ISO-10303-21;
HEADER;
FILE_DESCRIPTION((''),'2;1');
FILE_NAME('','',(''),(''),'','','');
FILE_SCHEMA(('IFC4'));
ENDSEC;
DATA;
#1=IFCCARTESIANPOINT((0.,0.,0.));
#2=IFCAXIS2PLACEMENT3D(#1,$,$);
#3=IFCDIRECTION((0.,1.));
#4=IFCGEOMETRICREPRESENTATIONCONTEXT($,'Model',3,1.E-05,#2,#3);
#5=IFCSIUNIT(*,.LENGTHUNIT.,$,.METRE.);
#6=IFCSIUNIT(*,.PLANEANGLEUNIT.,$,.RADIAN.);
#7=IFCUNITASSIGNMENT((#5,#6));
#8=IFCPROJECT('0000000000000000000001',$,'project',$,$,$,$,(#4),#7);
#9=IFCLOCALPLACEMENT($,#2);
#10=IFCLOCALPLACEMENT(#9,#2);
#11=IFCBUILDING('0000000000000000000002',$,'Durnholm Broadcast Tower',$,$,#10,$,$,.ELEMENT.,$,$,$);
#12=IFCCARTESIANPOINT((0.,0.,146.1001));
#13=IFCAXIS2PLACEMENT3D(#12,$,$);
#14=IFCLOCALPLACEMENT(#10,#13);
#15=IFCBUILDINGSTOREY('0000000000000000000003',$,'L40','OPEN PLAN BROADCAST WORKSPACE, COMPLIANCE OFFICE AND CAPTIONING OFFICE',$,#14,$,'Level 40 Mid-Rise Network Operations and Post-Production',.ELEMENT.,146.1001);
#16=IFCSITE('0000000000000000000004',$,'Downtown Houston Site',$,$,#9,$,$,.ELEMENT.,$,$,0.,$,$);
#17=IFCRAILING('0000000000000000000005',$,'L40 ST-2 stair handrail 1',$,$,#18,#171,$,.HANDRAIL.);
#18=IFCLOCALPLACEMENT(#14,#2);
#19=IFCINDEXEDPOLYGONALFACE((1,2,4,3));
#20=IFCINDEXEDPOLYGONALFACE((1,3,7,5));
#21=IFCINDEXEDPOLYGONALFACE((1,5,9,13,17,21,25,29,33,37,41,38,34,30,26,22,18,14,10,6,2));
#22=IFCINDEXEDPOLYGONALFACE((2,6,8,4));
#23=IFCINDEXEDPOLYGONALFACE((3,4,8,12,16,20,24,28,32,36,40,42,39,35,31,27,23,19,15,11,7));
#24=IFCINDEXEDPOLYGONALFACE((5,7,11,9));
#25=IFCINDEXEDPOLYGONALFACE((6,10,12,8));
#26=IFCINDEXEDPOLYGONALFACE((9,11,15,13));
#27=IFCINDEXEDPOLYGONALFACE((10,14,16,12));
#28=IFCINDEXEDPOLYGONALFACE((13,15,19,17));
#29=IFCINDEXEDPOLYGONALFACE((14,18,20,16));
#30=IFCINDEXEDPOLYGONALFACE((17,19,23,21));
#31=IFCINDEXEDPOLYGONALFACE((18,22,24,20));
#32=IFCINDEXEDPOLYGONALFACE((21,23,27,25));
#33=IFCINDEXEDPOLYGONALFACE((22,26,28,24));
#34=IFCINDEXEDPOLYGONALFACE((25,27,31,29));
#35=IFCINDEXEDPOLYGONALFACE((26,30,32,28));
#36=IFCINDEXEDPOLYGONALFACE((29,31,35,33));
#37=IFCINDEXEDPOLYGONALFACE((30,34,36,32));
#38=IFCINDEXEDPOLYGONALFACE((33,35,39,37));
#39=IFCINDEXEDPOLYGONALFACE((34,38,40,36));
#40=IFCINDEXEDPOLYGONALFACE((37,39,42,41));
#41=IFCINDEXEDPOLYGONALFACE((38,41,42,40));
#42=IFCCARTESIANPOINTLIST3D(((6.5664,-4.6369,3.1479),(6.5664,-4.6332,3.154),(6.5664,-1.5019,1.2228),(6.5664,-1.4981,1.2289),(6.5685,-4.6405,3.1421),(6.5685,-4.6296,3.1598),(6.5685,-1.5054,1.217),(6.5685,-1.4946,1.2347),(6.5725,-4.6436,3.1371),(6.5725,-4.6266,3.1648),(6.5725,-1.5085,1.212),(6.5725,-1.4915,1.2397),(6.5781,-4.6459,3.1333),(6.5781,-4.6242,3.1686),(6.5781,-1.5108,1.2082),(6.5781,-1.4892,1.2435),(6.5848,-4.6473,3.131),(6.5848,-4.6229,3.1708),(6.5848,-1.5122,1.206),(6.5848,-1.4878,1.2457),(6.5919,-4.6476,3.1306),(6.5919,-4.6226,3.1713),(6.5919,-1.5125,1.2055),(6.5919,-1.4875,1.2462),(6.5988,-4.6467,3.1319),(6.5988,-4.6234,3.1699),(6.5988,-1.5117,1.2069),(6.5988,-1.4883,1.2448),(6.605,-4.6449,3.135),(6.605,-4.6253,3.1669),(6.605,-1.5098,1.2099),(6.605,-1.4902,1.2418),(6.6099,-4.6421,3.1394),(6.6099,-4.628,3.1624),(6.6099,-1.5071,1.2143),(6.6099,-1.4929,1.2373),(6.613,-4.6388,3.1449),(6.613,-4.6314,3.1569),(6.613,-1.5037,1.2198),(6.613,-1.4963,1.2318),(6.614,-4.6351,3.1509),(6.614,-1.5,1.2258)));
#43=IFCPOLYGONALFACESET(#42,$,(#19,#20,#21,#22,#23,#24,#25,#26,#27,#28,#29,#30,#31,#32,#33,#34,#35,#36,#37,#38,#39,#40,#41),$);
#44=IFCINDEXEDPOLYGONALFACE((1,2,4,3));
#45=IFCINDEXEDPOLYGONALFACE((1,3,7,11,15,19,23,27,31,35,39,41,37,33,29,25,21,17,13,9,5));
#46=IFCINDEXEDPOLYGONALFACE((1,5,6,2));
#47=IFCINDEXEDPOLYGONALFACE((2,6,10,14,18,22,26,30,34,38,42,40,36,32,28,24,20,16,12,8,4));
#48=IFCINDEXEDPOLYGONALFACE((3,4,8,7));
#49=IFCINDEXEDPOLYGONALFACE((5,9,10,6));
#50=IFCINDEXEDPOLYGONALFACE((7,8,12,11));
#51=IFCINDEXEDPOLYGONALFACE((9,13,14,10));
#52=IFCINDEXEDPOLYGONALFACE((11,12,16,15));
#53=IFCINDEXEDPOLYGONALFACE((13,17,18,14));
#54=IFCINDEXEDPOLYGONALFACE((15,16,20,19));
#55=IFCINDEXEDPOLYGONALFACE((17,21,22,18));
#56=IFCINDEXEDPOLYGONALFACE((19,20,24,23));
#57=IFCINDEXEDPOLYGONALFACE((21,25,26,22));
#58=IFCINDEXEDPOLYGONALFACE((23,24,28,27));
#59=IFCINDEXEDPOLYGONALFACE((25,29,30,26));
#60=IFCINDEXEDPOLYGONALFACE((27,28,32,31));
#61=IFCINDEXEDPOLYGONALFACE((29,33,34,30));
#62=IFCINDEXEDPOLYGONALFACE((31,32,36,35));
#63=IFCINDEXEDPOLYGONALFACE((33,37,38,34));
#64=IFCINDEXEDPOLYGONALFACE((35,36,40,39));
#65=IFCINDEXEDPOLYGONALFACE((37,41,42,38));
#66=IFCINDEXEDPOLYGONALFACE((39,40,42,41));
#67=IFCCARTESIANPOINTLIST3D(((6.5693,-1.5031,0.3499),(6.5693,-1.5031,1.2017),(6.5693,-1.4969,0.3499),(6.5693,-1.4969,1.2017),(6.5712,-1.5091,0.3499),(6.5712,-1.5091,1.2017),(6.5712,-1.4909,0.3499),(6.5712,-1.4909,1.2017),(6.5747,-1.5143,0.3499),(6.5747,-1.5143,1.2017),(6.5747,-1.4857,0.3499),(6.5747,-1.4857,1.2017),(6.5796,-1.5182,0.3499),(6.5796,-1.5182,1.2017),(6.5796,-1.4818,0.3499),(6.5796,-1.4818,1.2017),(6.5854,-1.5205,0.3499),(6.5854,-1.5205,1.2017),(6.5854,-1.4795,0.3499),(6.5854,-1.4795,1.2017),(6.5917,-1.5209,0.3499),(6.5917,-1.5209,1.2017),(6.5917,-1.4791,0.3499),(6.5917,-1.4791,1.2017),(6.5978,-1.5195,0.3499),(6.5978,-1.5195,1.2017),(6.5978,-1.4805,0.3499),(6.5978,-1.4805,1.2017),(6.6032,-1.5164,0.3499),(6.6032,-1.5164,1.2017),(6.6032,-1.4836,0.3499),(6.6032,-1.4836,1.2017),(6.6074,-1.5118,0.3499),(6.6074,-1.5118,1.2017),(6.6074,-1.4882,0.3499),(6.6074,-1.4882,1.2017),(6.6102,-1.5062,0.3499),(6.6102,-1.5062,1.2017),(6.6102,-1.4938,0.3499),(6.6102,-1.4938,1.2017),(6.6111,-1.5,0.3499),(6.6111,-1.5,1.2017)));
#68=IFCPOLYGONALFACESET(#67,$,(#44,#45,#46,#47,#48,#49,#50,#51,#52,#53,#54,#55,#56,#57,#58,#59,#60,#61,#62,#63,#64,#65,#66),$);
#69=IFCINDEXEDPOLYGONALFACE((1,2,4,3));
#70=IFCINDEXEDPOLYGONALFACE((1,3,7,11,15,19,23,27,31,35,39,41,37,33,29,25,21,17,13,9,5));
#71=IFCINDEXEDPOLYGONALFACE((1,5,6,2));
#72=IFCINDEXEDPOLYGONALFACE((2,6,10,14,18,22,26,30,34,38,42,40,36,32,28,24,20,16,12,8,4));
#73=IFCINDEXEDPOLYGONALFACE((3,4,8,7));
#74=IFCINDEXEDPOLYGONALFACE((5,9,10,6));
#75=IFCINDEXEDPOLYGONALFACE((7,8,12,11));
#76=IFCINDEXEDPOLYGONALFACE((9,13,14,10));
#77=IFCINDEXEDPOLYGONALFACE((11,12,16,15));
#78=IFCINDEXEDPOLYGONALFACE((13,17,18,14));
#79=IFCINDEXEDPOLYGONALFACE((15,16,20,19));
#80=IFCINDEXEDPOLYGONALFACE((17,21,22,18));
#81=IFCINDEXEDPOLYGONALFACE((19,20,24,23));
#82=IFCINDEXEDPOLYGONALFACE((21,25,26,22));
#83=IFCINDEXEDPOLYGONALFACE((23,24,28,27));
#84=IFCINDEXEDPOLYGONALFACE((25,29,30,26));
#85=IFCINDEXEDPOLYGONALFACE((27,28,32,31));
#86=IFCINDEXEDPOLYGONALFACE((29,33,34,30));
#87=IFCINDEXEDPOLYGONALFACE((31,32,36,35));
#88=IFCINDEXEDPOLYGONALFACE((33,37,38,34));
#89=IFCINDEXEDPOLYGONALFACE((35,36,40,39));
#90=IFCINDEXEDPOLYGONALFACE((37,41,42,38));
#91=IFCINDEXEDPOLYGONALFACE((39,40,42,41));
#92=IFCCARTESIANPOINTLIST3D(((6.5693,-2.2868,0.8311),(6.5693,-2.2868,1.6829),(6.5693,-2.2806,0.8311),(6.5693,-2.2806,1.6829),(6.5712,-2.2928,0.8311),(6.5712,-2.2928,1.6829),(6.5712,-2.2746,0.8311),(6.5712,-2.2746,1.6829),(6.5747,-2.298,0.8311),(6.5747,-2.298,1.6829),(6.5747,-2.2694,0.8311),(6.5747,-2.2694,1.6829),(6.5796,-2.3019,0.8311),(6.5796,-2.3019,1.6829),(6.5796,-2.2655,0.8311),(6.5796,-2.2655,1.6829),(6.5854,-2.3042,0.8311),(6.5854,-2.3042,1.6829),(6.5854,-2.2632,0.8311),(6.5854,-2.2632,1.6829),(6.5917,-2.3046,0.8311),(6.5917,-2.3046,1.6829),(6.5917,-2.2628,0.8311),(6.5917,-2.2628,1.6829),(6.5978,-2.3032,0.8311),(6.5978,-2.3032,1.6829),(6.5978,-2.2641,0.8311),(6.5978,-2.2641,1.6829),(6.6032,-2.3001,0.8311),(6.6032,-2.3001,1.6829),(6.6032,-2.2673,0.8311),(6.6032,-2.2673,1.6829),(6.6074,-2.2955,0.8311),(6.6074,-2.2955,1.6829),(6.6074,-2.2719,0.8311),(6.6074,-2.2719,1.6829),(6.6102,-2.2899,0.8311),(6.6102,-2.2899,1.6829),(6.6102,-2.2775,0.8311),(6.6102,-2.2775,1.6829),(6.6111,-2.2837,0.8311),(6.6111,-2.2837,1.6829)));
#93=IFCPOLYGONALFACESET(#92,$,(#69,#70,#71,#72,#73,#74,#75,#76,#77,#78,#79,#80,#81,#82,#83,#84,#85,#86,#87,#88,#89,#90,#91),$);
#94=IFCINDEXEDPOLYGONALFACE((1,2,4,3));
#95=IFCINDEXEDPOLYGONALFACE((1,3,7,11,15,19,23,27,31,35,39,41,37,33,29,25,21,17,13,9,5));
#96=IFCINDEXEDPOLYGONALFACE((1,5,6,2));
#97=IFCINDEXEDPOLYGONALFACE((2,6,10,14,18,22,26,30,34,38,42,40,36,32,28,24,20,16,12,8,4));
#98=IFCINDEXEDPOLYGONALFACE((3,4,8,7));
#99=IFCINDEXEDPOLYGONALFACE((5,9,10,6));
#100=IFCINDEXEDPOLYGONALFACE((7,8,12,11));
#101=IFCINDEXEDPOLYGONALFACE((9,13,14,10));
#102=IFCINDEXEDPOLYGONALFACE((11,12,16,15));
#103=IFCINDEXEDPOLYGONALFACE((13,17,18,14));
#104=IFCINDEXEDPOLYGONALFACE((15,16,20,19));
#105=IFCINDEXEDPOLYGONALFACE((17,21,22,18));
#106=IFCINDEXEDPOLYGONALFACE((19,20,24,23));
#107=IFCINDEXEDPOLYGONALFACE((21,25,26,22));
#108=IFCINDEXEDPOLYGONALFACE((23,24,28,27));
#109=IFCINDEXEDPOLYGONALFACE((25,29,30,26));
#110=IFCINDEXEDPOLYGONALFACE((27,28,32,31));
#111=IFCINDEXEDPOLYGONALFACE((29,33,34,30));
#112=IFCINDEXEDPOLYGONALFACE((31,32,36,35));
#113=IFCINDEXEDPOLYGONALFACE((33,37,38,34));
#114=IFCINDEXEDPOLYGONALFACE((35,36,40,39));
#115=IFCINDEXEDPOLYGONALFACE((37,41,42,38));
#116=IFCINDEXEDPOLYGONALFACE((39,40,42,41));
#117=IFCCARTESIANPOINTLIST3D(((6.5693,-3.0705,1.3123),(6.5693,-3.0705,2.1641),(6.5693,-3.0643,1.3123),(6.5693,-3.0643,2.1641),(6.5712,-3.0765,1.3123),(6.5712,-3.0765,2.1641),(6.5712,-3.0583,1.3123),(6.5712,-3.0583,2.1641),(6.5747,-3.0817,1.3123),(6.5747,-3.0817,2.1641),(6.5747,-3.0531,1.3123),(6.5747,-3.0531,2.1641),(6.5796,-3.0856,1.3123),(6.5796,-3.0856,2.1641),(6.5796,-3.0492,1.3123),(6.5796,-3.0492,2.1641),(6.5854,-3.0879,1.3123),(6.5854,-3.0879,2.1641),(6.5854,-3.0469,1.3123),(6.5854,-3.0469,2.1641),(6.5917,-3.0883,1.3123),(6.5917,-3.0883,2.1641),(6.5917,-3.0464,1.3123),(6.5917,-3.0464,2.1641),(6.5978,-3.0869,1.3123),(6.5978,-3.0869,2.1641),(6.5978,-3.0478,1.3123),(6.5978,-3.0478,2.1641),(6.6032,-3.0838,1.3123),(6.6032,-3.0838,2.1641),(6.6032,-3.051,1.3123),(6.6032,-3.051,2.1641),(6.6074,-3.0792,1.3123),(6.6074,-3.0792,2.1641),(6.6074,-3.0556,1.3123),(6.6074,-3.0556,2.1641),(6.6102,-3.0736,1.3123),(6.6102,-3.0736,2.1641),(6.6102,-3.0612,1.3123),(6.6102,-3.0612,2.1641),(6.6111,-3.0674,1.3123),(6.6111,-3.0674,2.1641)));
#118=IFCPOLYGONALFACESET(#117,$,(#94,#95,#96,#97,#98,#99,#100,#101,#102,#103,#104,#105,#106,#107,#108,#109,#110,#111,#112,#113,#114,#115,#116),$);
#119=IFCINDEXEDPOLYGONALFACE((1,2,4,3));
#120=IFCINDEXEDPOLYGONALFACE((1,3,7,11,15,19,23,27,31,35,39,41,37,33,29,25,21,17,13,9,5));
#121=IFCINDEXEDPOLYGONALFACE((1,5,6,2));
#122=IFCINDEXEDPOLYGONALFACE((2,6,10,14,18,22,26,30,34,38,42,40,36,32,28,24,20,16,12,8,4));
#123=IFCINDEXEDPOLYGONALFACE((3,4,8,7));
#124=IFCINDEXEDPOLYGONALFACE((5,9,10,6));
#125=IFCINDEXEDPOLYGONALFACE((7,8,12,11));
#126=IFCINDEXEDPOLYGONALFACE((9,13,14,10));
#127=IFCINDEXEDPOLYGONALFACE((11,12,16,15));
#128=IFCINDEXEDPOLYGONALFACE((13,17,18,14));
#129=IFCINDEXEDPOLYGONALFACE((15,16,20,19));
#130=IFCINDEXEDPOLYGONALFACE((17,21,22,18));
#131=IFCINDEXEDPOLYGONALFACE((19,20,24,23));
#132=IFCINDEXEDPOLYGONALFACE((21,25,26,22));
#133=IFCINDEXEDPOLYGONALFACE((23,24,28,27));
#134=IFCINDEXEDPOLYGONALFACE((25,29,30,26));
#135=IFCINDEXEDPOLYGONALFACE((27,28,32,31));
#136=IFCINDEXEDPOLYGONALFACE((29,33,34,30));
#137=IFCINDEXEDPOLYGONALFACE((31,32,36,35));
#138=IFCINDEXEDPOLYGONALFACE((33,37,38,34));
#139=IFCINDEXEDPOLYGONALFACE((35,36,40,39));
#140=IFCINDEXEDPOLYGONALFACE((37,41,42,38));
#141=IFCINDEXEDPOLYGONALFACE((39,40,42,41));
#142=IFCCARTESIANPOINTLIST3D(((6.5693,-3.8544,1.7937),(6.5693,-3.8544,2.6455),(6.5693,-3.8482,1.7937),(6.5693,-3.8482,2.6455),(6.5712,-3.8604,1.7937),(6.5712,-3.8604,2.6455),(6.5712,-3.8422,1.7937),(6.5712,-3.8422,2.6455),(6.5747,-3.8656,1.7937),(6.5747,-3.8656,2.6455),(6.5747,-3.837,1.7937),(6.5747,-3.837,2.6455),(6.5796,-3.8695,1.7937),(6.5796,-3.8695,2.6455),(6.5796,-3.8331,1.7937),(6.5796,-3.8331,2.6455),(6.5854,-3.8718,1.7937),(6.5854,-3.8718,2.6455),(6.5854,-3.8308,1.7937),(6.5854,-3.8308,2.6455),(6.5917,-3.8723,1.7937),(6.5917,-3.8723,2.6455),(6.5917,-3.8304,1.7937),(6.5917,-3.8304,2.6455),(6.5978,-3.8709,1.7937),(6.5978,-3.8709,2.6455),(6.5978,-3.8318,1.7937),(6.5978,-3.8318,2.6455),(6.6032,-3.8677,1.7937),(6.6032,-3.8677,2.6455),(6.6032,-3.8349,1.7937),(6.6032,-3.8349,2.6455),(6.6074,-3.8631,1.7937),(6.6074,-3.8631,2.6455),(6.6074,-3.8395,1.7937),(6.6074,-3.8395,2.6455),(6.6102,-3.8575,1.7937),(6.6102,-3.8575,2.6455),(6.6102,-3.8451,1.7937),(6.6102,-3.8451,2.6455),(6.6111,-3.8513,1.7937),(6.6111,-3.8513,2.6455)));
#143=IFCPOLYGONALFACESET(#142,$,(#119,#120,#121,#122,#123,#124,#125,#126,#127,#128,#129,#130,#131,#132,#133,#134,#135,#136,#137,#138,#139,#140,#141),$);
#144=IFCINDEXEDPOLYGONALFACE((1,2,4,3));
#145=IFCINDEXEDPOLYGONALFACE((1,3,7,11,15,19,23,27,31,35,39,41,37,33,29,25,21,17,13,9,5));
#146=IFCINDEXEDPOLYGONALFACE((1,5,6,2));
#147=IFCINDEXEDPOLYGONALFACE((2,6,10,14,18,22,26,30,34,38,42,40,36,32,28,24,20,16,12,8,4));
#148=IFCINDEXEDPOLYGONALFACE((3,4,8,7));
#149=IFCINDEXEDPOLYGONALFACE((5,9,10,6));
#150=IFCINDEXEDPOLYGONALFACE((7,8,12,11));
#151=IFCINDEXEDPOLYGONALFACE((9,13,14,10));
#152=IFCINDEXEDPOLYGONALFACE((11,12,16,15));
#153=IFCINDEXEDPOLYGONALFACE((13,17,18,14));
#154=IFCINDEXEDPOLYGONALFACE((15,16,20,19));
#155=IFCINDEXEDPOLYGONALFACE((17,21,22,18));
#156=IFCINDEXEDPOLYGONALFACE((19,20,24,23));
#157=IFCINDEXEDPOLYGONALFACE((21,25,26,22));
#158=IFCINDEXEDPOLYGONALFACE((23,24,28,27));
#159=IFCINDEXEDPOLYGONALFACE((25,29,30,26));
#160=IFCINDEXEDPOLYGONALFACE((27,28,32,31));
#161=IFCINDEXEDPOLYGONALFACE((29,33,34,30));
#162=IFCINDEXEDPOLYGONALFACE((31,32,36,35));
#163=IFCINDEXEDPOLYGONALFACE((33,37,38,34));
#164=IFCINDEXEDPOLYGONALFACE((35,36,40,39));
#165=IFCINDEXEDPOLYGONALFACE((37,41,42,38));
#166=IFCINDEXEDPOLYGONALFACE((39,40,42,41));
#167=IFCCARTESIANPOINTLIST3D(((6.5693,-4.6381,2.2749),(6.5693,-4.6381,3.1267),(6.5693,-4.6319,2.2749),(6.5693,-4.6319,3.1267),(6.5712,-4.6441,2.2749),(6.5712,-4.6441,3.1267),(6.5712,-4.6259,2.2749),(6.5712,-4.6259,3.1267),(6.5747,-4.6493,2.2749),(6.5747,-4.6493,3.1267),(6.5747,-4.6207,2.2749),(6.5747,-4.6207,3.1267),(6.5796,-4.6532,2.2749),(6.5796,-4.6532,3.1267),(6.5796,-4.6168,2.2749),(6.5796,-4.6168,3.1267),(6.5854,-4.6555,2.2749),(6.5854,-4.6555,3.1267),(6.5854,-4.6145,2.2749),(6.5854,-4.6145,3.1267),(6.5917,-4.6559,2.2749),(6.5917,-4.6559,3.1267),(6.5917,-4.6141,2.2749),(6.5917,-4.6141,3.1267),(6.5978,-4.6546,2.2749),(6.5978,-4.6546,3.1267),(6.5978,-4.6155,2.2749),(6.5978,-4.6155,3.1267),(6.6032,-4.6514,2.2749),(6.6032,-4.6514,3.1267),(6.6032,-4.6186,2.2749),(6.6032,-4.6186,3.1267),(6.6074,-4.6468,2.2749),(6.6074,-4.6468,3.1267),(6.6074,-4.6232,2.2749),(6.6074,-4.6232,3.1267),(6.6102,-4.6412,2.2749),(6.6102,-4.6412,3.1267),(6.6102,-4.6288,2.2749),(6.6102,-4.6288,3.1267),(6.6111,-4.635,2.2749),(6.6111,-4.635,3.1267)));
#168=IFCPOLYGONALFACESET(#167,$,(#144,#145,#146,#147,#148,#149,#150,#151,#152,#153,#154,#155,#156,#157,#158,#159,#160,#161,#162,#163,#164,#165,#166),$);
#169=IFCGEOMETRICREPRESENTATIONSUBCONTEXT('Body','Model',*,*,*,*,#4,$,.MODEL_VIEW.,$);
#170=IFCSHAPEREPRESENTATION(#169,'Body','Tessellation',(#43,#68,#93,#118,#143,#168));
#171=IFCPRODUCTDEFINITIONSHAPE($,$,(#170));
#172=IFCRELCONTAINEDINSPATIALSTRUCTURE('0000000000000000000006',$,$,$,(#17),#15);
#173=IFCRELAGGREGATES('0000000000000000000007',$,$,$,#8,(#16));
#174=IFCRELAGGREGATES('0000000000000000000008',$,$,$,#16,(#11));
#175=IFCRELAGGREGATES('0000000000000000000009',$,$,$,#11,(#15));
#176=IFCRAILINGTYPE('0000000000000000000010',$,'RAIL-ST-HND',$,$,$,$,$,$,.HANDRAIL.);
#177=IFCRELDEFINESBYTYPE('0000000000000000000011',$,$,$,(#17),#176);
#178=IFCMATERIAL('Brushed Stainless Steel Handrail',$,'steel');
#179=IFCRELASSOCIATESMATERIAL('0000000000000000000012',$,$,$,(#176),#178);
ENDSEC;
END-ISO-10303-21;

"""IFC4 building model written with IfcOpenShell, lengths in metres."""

from ifc_helpers import new_model, si_unit, direction, frame, origin, origin_2d, place, context, subcontext, project, spatial, circle, extrude, material, type_object, element, save


model = new_model("IFC4")

# Units and contexts
model_context = context("Model", 3, precision=1e-05, world=origin(), true_north=direction((0.0, 1.0)))
body_context = subcontext(model_context, "Body", "Model", "MODEL_VIEW")
ifc_project = project(units=[si_unit("LENGTHUNIT", "METRE"), si_unit("PLANEANGLEUNIT", "RADIAN")], contexts=[model_context])

# Site, building, storey
site_placement = place(None, origin())
site = spatial("IfcSite", under=ifc_project, at=site_placement, Name="Downtown Houston Site", CompositionType="ELEMENT", RefElevation=0.0)
building_placement = place(site_placement, origin())
building = spatial("IfcBuilding", under=site, at=building_placement, Name="Durnholm Broadcast Tower", CompositionType="ELEMENT")
storey_placement = place(building_placement, frame((0.0, 0.0, 146.1001)))
storey = spatial("IfcBuildingStorey", under=building, at=storey_placement, Name="L40", Description="OPEN PLAN BROADCAST WORKSPACE, COMPLIANCE OFFICE AND CAPTIONING OFFICE", LongName="Level 40 Mid-Rise Network Operations and Post-Production", CompositionType="ELEMENT", Elevation=146.1001)

# Railing
ifc_material_1 = material(Name="Brushed Stainless Steel Handrail", Category="steel")
railing_type_1 = type_object("IfcRailingType", Name="RAIL-ST-HND", PredefinedType="HANDRAIL", material=ifc_material_1)
railing_1_placement = place(storey_placement, frame((6.5901, -1.5, 0.3499)))
element("IfcRailing", 1, at=railing_1_placement, inside=storey, type_object=railing_type_1, Name="L40 ST-2 stair handrail 1", PredefinedType="HANDRAIL", context=body_context, shape_type="SweptSolid", body=[
    extrude(circle(Radius=0.0239, at=origin_2d()), frame((0.0, 0.0, 0.876), z_axis=(0.0, -0.852166, 0.523271), x_axis=(1.0, 0.0, 0.0)), (0.0, 0.0, 1.0), 3.679),
    extrude(circle(Radius=0.021, at=origin_2d()), origin(), (0.0, 0.0, 1.0), 0.8518),
    extrude(circle(Radius=0.021, at=origin_2d()), frame((0.0, -0.7837, 0.4812)), (0.0, 0.0, 1.0), 0.8518),
    extrude(circle(Radius=0.021, at=origin_2d()), frame((0.0, -1.5674, 0.9624)), (0.0, 0.0, 1.0), 0.8518),
    extrude(circle(Radius=0.021, at=origin_2d()), frame((0.0, -2.3513, 1.4438)), (0.0, 0.0, 1.0), 0.8518),
    extrude(circle(Radius=0.021, at=origin_2d()), frame((0.0, -3.135, 1.925)), (0.0, 0.0, 1.0), 0.8518),
])

save(model, "model.ifc")
